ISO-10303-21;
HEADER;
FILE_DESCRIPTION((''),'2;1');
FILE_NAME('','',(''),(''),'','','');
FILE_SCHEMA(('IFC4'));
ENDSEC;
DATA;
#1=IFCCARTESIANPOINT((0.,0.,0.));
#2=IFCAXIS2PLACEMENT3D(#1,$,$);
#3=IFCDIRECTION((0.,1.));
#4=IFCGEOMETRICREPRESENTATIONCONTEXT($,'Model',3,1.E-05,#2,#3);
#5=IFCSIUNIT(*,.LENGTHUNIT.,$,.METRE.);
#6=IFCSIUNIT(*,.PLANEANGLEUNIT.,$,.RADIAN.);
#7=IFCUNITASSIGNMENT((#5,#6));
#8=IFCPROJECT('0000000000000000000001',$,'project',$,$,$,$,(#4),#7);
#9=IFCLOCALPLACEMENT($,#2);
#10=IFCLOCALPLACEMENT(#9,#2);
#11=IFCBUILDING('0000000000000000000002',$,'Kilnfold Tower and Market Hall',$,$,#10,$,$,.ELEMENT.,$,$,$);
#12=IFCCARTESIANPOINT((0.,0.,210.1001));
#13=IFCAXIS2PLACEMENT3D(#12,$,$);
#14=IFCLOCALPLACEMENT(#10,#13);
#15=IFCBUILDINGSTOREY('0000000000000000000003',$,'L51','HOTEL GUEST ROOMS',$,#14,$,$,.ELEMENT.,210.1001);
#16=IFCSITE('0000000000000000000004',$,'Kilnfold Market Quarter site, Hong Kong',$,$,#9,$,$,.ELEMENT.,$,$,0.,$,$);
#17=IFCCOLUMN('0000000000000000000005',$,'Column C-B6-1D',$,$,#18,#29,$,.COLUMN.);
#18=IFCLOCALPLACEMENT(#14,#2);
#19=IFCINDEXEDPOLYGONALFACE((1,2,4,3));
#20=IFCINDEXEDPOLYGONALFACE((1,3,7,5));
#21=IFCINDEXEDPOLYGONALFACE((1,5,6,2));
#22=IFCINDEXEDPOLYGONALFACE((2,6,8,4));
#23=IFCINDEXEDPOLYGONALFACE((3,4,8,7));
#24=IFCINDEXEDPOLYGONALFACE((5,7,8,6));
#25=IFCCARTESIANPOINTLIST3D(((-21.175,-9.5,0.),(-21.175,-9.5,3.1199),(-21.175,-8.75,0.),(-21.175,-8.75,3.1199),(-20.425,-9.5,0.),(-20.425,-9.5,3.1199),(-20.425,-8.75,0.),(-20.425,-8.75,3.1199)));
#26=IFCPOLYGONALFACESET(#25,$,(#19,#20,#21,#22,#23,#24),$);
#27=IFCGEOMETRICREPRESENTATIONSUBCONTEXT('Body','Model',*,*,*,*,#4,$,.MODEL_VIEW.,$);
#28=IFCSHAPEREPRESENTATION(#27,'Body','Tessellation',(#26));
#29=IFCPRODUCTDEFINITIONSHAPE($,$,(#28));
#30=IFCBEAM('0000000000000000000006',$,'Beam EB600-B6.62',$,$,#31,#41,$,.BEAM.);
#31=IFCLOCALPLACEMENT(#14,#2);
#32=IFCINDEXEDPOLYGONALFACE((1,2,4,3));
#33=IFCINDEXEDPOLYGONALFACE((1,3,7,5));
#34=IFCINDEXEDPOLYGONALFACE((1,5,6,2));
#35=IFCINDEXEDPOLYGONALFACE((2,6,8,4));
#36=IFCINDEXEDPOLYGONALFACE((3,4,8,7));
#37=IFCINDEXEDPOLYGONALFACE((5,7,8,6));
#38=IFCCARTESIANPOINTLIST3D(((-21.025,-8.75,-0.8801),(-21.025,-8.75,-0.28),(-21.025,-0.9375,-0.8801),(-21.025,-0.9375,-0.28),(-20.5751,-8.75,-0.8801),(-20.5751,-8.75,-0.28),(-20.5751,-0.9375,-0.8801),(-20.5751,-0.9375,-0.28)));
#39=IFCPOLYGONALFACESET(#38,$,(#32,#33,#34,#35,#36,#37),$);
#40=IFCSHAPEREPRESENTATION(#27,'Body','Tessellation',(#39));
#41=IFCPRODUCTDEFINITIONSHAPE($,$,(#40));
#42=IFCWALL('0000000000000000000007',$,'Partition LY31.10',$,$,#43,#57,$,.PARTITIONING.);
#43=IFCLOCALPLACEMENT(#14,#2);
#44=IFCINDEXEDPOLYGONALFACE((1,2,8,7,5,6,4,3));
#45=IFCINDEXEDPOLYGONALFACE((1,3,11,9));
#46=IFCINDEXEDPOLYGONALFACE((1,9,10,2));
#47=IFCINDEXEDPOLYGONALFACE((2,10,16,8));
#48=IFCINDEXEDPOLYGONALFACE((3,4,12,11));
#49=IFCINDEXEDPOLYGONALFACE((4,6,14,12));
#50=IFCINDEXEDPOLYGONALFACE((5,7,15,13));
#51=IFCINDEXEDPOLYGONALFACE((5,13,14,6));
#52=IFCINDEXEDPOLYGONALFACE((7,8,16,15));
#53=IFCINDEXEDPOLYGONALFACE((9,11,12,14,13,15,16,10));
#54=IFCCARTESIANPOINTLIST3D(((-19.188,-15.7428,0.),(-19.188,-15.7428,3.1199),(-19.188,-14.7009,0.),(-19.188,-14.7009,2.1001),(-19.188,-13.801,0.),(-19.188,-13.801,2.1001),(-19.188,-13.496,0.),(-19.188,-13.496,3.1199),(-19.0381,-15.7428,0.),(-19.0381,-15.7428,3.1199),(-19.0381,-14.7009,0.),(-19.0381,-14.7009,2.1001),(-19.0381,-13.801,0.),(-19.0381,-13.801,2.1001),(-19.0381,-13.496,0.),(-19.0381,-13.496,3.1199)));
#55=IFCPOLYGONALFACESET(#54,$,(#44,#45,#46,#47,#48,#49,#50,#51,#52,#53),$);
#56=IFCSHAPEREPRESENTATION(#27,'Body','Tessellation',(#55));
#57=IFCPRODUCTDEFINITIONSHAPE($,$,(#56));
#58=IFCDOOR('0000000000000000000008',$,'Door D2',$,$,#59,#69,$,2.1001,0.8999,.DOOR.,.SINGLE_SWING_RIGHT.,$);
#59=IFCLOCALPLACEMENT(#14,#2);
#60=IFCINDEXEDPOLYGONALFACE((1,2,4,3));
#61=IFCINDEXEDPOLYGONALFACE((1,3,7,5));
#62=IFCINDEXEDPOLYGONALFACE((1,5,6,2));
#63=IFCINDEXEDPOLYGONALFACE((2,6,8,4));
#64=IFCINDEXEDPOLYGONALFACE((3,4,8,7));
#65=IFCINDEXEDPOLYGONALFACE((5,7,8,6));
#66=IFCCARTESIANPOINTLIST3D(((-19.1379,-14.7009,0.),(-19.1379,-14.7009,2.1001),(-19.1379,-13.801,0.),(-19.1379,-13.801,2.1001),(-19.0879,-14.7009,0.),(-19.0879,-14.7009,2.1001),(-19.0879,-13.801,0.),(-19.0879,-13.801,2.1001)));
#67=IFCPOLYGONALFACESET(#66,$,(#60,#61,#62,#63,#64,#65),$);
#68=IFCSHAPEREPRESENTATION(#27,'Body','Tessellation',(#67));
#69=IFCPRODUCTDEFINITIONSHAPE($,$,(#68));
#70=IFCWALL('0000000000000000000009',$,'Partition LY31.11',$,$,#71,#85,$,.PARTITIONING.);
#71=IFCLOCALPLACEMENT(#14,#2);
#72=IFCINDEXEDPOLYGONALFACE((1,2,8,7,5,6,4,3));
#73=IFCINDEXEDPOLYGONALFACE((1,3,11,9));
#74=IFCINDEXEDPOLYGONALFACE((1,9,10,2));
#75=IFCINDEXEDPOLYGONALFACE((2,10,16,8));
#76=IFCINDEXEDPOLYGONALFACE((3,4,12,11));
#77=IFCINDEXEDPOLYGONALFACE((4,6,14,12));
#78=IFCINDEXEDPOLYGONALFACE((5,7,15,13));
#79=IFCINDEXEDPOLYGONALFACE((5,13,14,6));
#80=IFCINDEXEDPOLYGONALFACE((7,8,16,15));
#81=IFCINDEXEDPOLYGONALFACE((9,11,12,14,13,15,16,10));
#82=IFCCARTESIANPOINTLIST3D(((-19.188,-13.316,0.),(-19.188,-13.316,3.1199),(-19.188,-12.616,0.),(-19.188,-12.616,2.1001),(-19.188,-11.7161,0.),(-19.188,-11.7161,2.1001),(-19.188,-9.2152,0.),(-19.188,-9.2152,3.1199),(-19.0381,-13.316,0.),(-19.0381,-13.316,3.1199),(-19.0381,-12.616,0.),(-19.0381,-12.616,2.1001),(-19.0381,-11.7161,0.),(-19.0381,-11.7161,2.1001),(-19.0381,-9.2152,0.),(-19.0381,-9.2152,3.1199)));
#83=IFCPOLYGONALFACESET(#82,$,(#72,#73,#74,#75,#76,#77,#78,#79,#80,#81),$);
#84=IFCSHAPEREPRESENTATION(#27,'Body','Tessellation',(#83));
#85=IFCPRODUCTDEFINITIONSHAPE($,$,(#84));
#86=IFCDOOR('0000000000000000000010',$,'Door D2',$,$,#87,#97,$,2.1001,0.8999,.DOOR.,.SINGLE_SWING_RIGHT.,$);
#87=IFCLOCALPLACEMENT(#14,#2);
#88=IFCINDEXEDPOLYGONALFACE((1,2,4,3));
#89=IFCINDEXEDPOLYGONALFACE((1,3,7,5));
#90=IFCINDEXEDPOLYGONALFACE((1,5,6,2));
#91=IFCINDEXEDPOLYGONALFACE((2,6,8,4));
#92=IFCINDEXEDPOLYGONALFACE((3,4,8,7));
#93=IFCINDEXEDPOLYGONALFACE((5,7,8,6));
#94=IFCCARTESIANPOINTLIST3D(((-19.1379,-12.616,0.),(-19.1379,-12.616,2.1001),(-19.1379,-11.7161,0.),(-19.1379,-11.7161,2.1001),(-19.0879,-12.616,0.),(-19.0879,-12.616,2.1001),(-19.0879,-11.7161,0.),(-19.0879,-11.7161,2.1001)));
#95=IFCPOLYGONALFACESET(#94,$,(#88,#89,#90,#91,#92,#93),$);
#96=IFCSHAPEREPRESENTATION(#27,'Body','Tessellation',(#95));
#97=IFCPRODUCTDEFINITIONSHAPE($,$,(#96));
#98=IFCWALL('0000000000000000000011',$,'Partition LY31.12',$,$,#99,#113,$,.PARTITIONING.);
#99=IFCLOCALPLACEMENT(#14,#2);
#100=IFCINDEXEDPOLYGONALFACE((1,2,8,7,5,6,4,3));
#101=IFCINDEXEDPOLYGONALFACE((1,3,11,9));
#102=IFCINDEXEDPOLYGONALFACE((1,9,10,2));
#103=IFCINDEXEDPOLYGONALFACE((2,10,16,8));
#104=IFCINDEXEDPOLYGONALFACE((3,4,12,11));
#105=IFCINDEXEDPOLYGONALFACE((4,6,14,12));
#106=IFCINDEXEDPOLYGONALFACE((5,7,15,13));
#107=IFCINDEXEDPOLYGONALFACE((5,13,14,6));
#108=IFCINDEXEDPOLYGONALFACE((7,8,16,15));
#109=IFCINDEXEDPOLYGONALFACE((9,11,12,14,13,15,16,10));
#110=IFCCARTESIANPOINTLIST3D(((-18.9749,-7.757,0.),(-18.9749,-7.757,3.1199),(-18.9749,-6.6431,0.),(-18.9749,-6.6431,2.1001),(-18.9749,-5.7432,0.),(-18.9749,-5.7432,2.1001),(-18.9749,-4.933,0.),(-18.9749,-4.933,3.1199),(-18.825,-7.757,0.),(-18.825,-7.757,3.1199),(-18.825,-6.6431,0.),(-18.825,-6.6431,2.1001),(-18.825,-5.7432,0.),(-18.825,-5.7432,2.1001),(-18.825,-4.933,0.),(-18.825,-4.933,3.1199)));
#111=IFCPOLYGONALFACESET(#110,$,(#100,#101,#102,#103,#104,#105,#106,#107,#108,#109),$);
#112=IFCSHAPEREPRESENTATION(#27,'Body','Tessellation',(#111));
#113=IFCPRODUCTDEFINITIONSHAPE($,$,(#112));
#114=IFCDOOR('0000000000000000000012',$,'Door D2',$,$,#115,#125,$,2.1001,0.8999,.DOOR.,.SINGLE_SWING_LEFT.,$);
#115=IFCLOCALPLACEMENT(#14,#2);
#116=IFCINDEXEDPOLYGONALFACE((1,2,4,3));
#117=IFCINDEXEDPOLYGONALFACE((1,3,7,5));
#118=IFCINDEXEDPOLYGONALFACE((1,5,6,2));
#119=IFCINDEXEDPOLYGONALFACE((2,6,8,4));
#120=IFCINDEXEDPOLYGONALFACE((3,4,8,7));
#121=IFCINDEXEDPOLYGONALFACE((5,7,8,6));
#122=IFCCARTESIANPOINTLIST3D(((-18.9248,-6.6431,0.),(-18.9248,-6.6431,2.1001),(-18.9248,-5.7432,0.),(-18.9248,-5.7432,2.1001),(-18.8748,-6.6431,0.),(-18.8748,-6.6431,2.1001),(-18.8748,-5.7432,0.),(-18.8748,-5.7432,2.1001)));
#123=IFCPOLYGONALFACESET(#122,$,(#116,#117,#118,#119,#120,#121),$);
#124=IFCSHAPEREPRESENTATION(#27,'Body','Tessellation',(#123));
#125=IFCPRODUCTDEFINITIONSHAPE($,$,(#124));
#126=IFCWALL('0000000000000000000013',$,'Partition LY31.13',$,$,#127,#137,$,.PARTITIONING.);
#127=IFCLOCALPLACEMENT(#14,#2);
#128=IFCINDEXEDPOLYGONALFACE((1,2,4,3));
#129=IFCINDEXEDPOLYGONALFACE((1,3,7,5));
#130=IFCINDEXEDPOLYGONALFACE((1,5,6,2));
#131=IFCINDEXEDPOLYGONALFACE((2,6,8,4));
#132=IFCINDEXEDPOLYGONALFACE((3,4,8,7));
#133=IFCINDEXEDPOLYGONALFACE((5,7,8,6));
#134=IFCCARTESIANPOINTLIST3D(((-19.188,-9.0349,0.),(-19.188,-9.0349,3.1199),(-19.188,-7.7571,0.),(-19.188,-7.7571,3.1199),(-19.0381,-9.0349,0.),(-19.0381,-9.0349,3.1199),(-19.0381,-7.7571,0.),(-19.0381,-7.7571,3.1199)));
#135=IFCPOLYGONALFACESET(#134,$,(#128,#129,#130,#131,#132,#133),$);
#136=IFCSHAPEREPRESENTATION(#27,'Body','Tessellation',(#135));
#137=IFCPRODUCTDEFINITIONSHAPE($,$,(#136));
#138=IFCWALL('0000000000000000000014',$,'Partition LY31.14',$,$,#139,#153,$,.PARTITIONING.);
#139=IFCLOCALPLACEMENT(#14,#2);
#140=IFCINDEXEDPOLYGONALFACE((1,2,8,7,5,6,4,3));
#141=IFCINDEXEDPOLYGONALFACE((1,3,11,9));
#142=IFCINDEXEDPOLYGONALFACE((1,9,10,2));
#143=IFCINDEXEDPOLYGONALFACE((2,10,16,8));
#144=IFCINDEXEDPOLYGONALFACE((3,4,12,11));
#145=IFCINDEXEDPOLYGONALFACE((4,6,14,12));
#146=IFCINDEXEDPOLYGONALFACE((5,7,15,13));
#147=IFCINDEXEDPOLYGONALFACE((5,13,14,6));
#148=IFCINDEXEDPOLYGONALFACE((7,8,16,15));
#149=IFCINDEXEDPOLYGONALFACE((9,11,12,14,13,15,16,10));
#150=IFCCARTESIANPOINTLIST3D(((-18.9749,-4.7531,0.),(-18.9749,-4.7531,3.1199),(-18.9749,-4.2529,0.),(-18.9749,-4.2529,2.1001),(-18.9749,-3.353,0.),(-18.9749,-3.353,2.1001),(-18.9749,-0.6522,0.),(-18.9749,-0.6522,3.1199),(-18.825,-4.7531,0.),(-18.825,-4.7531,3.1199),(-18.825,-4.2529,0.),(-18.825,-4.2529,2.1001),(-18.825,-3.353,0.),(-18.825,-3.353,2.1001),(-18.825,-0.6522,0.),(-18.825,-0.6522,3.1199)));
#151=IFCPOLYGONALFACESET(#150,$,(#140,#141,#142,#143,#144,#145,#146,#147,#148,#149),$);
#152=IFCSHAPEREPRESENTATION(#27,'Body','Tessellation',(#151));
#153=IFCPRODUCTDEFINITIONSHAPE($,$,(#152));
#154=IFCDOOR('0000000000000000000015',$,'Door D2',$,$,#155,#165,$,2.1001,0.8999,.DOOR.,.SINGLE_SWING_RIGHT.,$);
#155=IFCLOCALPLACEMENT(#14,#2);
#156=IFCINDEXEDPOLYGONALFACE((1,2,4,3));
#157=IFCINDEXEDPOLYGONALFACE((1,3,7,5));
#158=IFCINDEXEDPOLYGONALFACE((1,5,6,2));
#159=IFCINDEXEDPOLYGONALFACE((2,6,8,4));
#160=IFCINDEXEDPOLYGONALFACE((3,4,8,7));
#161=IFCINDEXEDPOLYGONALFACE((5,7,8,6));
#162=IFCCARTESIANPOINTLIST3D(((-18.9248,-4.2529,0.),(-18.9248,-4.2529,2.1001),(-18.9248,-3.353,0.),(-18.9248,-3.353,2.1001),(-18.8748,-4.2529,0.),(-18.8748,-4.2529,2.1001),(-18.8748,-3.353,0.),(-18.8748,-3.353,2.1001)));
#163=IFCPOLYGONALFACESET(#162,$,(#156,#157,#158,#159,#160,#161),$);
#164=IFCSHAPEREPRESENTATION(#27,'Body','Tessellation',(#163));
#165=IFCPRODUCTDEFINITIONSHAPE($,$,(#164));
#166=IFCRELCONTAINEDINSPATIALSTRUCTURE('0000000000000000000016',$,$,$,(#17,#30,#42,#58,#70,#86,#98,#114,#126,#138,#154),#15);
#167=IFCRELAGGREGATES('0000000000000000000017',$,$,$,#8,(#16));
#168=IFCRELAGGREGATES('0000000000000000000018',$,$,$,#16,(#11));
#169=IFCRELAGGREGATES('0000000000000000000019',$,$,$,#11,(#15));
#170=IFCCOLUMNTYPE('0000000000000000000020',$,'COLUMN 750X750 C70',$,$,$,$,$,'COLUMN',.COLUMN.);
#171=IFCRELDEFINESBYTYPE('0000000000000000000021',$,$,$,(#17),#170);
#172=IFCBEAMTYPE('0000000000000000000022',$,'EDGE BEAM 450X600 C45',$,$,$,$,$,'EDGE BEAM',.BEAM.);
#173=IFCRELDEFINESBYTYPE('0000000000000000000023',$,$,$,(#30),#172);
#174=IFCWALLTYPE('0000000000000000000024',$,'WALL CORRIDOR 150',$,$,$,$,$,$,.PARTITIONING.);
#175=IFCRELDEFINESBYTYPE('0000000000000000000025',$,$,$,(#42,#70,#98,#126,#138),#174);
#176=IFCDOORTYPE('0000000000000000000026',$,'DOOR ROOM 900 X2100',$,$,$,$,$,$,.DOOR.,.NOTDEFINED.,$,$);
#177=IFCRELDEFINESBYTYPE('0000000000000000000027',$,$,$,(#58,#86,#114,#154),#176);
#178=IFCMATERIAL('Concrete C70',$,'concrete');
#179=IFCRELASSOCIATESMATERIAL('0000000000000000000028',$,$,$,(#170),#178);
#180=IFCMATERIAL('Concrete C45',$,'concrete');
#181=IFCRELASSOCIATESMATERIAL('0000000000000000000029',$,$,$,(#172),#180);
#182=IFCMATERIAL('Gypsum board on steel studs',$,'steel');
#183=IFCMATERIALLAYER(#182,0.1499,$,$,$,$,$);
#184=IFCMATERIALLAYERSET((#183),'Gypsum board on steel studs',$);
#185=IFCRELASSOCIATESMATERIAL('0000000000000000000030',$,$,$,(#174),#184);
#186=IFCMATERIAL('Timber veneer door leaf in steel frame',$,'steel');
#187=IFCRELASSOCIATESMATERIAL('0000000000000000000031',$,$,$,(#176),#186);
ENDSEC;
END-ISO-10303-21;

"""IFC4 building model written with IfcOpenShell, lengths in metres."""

from ifc_helpers import new_model, si_unit, direction, frame, frame_2d, origin, origin_2d, place, context, subcontext, project, spatial, rectangle, extrude, source, transform, mapped, material, layer, layer_set, material_profile, profile_set, type_object, element, fill, save


model = new_model("IFC4")

# Units and contexts
model_context = context("Model", 3, precision=1e-05, world=origin(), true_north=direction((0.0, 1.0)))
body_context = subcontext(model_context, "Body", "Model", "MODEL_VIEW")
ifc_project = project(units=[si_unit("LENGTHUNIT", "METRE"), si_unit("PLANEANGLEUNIT", "RADIAN")], contexts=[model_context])

# Site, building, storey
site_placement = place(None, origin())
site = spatial("IfcSite", under=ifc_project, at=site_placement, Name="Kilnfold Market Quarter site, Hong Kong", CompositionType="ELEMENT", RefElevation=0.0)
building_placement = place(site_placement, origin())
building = spatial("IfcBuilding", under=site, at=building_placement, Name="Kilnfold Tower and Market Hall", CompositionType="ELEMENT")
storey_placement = place(building_placement, frame((0.0, 0.0, 210.1001)))
storey = spatial("IfcBuildingStorey", under=building, at=storey_placement, Name="L51", Description="HOTEL GUEST ROOMS", CompositionType="ELEMENT", Elevation=210.1001)

# Column
ifc_material_1 = material(Name="Concrete C70", Category="concrete")
ifc_material_profile_1 = material_profile(ifc_material_1, rectangle(XDim=0.75, YDim=0.75, at=origin_2d()), Name="RC 750x750")
ifc_profile_set_1 = profile_set([ifc_material_profile_1], Name="Concrete C70")
column_type = type_object("IfcColumnType", Name="COLUMN 750X750 C70", ElementType="COLUMN", PredefinedType="COLUMN", material=ifc_profile_set_1)
shared_shape_1 = source(origin(), body_context, "Body", "SweptSolid", [
    extrude(rectangle(XDim=0.75, YDim=0.75, at=origin_2d()), origin(), (0.0, 0.0, 1.0), 3.1199),
])
column_placement = place(storey_placement, frame((-20.8, -9.125, 0.0), z_axis=(0.0, 0.0, 1.0), x_axis=(1.0, 0.0, 0.0)))
element("IfcColumn", 1, at=column_placement, inside=storey, type_object=column_type, Name="Column C-B6-1D", PredefinedType="COLUMN", context=body_context, shape_type="MappedRepresentation", body=[
    mapped(shared_shape_1, transform((0.0, 0.0, 0.0))),
])

# Beam
ifc_material_2 = material(Name="Concrete C45", Category="concrete")
ifc_material_profile_2 = material_profile(ifc_material_2, rectangle(XDim=0.45, YDim=0.6001, at=origin_2d()), Name="RC 450x600")
ifc_profile_set_2 = profile_set([ifc_material_profile_2], Name="Concrete C45")
beam_type = type_object("IfcBeamType", Name="EDGE BEAM 450X600 C45", ElementType="EDGE BEAM", PredefinedType="BEAM", material=ifc_profile_set_2)
shared_shape_2 = source(origin(), body_context, "Body", "SweptSolid", [
    extrude(rectangle(XDim=0.45, YDim=0.6001, at=origin_2d()), origin(), (0.0, 0.0, 1.0), 7.8125),
])
beam_placement = place(storey_placement, frame((-20.8, -8.75, -0.5801), z_axis=(0.0, 1.0, 0.0), x_axis=(-1.0, 0.0, 0.0)))
element("IfcBeam", 2, at=beam_placement, inside=storey, type_object=beam_type, Name="Beam EB600-B6.62", PredefinedType="BEAM", context=body_context, shape_type="MappedRepresentation", body=[
    mapped(shared_shape_2, transform((0.0, 0.0, 0.0))),
])

# Walls, openings, doors
ifc_material_3 = material(Name="Gypsum board on steel studs", Category="steel")
ifc_layer_1 = layer(ifc_material_3, 0.1499)
ifc_layer_set_1 = layer_set([ifc_layer_1], Name="Gypsum board on steel studs")
wall_type_1 = type_object("IfcWallType", Name="WALL CORRIDOR 150", PredefinedType="PARTITIONING", material=ifc_layer_set_1)
wall_1_placement = place(storey_placement, frame((-19.113, -15.7429, 0.0), z_axis=(0.0, 0.0, 1.0), x_axis=(0.0, 1.0, 0.0)))
wall_1 = element("IfcWall", 3, at=wall_1_placement, inside=storey, type_object=wall_type_1, Name="Partition LY31.10", PredefinedType="PARTITIONING", context=body_context, shape_type="SweptSolid", body=[
    extrude(rectangle(XDim=2.2468, YDim=0.1499, at=frame_2d((1.1235, 0.0))), origin(), (0.0, 0.0, 1.0), 3.1199),
])
opening_1_placement = place(wall_1_placement, frame((1.042, 0.0, 0.0)))
opening_1 = element("IfcOpeningElement", 4, at=opening_1_placement, cuts=wall_1, PredefinedType="OPENING", context=body_context, shape_type="SweptSolid", body=[
    extrude(rectangle(XDim=0.8999, YDim=2.1001, at=frame_2d((0.45, 1.05))), frame((0.0, 0.085, 0.0), z_axis=(0.0, -1.0, 0.0), x_axis=(1.0, 0.0, 0.0)), (0.0, 0.0, 1.0), 0.1699),
])
ifc_material_4 = material(Name="Timber veneer door leaf in steel frame", Category="steel")
door_type_1 = type_object("IfcDoorType", Name="DOOR ROOM 900 X2100", OperationType="NOTDEFINED", PredefinedType="DOOR", material=ifc_material_4)
door_1_placement = place(opening_1_placement, origin())
door_1 = element("IfcDoor", 5, at=door_1_placement, inside=storey, type_object=door_type_1, Name="Door D2", OperationType="SINGLE_SWING_RIGHT", OverallHeight=2.1001, OverallWidth=0.8999, PredefinedType="DOOR", context=body_context, shape_type="SweptSolid", body=[
    extrude(rectangle(XDim=0.8999, YDim=2.1001, at=frame_2d((0.45, 1.05))), frame((0.0, 0.0249, 0.0), z_axis=(0.0, -1.0, 0.0), x_axis=(1.0, 0.0, 0.0)), (0.0, 0.0, 1.0), 0.05),
])
fill(opening_1, door_1)
wall_2_placement = place(storey_placement, frame((-19.113, -13.3159, 0.0), z_axis=(0.0, 0.0, 1.0), x_axis=(0.0, 1.0, 0.0)))
wall_2 = element("IfcWall", 6, at=wall_2_placement, inside=storey, type_object=wall_type_1, Name="Partition LY31.11", PredefinedType="PARTITIONING", context=body_context, shape_type="SweptSolid", body=[
    extrude(rectangle(XDim=4.1008, YDim=0.1499, at=frame_2d((2.0503, 0.0))), origin(), (0.0, 0.0, 1.0), 3.1199),
])
opening_2_placement = place(wall_2_placement, frame((0.7, 0.0, 0.0)))
opening_2 = element("IfcOpeningElement", 7, at=opening_2_placement, cuts=wall_2, PredefinedType="OPENING", context=body_context, shape_type="SweptSolid", body=[
    extrude(rectangle(XDim=0.8999, YDim=2.1001, at=frame_2d((0.45, 1.05))), frame((0.0, 0.085, 0.0), z_axis=(0.0, -1.0, 0.0), x_axis=(1.0, 0.0, 0.0)), (0.0, 0.0, 1.0), 0.1699),
])
door_2_placement = place(opening_2_placement, origin())
door_2 = element("IfcDoor", 8, at=door_2_placement, inside=storey, type_object=door_type_1, Name="Door D2", OperationType="SINGLE_SWING_RIGHT", OverallHeight=2.1001, OverallWidth=0.8999, PredefinedType="DOOR", context=body_context, shape_type="SweptSolid", body=[
    extrude(rectangle(XDim=0.8999, YDim=2.1001, at=frame_2d((0.45, 1.05))), frame((0.0, 0.0249, 0.0), z_axis=(0.0, -1.0, 0.0), x_axis=(1.0, 0.0, 0.0)), (0.0, 0.0, 1.0), 0.05),
])
fill(opening_2, door_2)
wall_3_placement = place(storey_placement, frame((-18.8999, -7.7571, 0.0), z_axis=(0.0, 0.0, 1.0), x_axis=(0.0, 1.0, 0.0)))
wall_3 = element("IfcWall", 9, at=wall_3_placement, inside=storey, type_object=wall_type_1, Name="Partition LY31.12", PredefinedType="PARTITIONING", context=body_context, shape_type="SweptSolid", body=[
    extrude(rectangle(XDim=2.824, YDim=0.1499, at=frame_2d((1.4121, 0.0))), origin(), (0.0, 0.0, 1.0), 3.1199),
])
opening_3_placement = place(wall_3_placement, frame((1.114, 0.0, 0.0)))
opening_3 = element("IfcOpeningElement", 10, at=opening_3_placement, cuts=wall_3, PredefinedType="OPENING", context=body_context, shape_type="SweptSolid", body=[
    extrude(rectangle(XDim=0.8999, YDim=2.1001, at=frame_2d((0.45, 1.05))), frame((0.0, 0.085, 0.0), z_axis=(0.0, -1.0, 0.0), x_axis=(1.0, 0.0, 0.0)), (0.0, 0.0, 1.0), 0.1699),
])
door_3_placement = place(opening_3_placement, origin())
door_3 = element("IfcDoor", 11, at=door_3_placement, inside=storey, type_object=door_type_1, Name="Door D2", OperationType="SINGLE_SWING_LEFT", OverallHeight=2.1001, OverallWidth=0.8999, PredefinedType="DOOR", context=body_context, shape_type="SweptSolid", body=[
    extrude(rectangle(XDim=0.8999, YDim=2.1001, at=frame_2d((0.45, 1.05))), frame((0.0, 0.0249, 0.0), z_axis=(0.0, -1.0, 0.0), x_axis=(1.0, 0.0, 0.0)), (0.0, 0.0, 1.0), 0.05),
])
fill(opening_3, door_3)

# Wall
wall_4_placement = place(storey_placement, frame((-19.113, -9.0349, 0.0), z_axis=(0.0, 0.0, 1.0), x_axis=(0.0, 1.0, 0.0)))
element("IfcWall", 12, at=wall_4_placement, inside=storey, type_object=wall_type_1, Name="Partition LY31.13", PredefinedType="PARTITIONING", context=body_context, shape_type="SweptSolid", body=[
    extrude(rectangle(XDim=1.2778, YDim=0.1499, at=frame_2d((0.6389, 0.0))), origin(), (0.0, 0.0, 1.0), 3.1199),
])

# Wall, opening, door
wall_5_placement = place(storey_placement, frame((-18.8999, -4.7529, 0.0), z_axis=(0.0, 0.0, 1.0), x_axis=(0.0, 1.0, 0.0)))
wall_5 = element("IfcWall", 13, at=wall_5_placement, inside=storey, type_object=wall_type_1, Name="Partition LY31.14", PredefinedType="PARTITIONING", context=body_context, shape_type="SweptSolid", body=[
    extrude(rectangle(XDim=4.1008, YDim=0.1499, at=frame_2d((2.0503, 0.0))), origin(), (0.0, 0.0, 1.0), 3.1199),
])
opening_4_placement = place(wall_5_placement, frame((0.5, 0.0, 0.0)))
opening_4 = element("IfcOpeningElement", 14, at=opening_4_placement, cuts=wall_5, PredefinedType="OPENING", context=body_context, shape_type="SweptSolid", body=[
    extrude(rectangle(XDim=0.8999, YDim=2.1001, at=frame_2d((0.45, 1.05))), frame((0.0, 0.085, 0.0), z_axis=(0.0, -1.0, 0.0), x_axis=(1.0, 0.0, 0.0)), (0.0, 0.0, 1.0), 0.1699),
])
door_4_placement = place(opening_4_placement, origin())
door_4 = element("IfcDoor", 15, at=door_4_placement, inside=storey, type_object=door_type_1, Name="Door D2", OperationType="SINGLE_SWING_RIGHT", OverallHeight=2.1001, OverallWidth=0.8999, PredefinedType="DOOR", context=body_context, shape_type="SweptSolid", body=[
    extrude(rectangle(XDim=0.8999, YDim=2.1001, at=frame_2d((0.45, 1.05))), frame((0.0, 0.0249, 0.0), z_axis=(0.0, -1.0, 0.0), x_axis=(1.0, 0.0, 0.0)), (0.0, 0.0, 1.0), 0.05),
])
fill(opening_4, door_4)

save(model, "model.ifc")
